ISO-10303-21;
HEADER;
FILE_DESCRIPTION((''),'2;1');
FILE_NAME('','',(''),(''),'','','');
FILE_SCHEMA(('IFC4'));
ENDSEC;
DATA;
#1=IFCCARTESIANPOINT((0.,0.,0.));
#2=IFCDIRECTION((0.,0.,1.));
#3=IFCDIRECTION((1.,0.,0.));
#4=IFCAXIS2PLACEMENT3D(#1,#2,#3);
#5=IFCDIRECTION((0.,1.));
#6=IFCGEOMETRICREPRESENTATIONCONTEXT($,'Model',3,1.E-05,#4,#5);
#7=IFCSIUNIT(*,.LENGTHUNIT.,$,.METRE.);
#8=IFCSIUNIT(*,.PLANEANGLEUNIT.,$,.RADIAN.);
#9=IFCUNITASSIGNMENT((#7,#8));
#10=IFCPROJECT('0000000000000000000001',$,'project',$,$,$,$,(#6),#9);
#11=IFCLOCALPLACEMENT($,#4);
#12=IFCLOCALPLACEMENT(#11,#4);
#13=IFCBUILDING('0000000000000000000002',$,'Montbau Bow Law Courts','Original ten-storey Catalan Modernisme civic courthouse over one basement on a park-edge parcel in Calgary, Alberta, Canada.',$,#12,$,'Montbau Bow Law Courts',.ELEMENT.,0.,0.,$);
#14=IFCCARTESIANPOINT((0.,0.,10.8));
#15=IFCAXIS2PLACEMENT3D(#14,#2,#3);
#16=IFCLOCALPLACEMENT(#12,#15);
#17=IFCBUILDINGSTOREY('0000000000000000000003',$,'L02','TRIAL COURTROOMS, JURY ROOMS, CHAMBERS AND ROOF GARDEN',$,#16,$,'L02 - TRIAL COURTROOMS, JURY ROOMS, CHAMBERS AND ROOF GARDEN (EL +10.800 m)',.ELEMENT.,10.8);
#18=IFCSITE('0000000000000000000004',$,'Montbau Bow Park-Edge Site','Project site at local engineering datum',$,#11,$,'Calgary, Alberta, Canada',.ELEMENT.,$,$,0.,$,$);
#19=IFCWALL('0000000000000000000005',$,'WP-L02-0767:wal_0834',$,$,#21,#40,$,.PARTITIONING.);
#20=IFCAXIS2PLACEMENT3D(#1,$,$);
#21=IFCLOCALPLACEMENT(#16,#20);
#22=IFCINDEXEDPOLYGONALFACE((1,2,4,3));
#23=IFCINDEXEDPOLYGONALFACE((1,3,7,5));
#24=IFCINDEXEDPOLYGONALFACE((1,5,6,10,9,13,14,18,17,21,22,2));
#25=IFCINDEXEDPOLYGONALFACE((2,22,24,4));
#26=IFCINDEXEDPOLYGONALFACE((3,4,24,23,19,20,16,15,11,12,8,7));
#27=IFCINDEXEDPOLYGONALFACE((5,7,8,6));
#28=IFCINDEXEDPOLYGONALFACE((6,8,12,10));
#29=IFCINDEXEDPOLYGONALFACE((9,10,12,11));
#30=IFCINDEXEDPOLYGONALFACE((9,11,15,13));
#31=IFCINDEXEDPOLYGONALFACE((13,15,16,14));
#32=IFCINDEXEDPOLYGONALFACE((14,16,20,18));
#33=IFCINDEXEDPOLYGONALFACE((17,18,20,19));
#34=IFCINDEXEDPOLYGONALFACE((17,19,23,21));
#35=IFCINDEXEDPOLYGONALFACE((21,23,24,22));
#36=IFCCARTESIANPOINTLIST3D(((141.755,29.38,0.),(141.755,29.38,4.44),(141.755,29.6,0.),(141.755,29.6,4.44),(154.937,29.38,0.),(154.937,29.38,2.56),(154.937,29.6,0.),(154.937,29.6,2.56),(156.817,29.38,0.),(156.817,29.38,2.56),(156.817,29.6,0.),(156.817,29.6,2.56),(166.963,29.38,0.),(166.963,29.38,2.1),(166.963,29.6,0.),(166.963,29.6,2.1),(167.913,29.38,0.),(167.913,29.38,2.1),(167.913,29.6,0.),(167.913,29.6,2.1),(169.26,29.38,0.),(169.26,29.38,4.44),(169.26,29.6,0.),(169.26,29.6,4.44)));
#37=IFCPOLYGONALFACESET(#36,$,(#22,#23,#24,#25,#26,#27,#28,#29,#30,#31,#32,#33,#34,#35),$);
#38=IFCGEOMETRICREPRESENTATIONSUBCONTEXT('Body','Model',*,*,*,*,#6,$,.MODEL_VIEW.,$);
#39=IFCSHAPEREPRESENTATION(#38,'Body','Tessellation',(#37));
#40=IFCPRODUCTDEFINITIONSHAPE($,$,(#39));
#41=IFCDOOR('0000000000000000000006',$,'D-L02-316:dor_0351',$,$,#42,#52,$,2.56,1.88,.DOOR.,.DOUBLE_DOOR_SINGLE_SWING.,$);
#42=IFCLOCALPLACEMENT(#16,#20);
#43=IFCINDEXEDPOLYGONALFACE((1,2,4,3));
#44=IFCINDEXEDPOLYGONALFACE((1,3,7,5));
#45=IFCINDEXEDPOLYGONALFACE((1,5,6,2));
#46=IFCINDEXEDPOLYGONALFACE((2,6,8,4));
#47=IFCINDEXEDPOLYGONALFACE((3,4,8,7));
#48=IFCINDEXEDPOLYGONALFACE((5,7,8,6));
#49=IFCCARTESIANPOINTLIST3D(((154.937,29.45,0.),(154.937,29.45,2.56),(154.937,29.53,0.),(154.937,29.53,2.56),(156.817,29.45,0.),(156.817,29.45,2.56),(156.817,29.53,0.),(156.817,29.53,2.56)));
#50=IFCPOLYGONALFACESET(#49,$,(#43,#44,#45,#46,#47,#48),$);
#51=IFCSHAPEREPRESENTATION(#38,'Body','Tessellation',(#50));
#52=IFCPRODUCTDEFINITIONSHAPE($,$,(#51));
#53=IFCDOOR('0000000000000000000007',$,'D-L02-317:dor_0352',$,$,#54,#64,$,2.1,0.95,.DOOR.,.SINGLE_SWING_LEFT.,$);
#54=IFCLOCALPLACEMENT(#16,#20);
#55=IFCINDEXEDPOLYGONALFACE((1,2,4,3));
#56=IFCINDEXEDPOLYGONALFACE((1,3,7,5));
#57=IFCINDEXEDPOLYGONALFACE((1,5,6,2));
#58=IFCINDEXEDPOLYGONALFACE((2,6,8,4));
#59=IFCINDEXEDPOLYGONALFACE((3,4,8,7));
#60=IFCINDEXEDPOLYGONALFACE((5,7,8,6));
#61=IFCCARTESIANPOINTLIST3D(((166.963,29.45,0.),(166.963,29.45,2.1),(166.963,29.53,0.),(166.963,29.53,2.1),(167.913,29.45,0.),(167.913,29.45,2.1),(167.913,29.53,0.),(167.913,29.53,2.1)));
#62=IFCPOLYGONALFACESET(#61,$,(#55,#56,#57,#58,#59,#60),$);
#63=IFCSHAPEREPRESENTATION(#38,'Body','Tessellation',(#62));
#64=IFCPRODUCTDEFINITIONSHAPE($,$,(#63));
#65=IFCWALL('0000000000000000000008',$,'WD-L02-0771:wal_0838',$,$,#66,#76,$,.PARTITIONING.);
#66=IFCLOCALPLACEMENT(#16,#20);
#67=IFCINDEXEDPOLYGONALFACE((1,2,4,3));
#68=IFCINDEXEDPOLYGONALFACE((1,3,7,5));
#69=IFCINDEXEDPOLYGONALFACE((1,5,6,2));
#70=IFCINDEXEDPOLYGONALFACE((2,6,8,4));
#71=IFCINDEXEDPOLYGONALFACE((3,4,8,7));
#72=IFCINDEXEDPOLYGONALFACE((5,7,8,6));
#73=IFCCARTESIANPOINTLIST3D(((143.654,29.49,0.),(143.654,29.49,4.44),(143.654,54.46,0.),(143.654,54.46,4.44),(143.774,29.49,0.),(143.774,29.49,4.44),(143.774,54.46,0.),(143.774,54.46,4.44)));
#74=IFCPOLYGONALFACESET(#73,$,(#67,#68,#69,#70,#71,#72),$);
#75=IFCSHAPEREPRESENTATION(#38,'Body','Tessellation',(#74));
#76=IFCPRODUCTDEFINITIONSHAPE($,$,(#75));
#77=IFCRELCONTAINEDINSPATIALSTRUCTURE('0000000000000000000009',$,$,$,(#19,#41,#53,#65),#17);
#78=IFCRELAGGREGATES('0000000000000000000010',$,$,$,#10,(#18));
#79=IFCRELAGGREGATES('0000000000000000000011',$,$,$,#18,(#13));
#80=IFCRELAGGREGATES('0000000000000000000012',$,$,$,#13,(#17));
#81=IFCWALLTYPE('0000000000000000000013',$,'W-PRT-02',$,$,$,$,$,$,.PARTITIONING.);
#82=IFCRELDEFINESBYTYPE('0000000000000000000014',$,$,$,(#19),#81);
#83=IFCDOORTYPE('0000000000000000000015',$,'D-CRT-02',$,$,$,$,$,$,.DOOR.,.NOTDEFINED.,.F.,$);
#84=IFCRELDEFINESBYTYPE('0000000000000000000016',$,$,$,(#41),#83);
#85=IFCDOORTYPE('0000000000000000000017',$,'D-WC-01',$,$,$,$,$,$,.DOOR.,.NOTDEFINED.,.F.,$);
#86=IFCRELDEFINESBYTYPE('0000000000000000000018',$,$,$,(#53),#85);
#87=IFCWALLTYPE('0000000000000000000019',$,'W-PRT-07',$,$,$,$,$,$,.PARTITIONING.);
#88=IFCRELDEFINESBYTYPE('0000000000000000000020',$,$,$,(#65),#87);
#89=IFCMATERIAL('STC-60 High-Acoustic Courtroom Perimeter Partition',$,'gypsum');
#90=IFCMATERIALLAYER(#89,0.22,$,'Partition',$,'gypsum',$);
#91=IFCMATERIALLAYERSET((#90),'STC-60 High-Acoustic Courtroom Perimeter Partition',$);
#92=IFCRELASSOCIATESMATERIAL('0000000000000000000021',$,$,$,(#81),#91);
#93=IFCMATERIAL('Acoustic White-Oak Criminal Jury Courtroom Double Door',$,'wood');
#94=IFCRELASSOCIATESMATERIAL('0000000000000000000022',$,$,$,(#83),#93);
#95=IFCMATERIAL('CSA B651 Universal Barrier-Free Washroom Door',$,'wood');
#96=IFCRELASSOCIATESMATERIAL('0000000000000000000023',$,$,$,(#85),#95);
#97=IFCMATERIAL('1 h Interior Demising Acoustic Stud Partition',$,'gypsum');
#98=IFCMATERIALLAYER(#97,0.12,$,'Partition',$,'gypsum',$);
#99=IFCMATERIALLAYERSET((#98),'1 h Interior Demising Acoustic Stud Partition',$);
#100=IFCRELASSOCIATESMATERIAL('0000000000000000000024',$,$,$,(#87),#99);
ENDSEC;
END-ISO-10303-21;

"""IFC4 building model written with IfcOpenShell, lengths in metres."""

from ifc_helpers import new_model, si_unit, direction, frame, frame_2d, origin_with_axes, place, context, subcontext, project, spatial, rectangle, extrude, material, layer, layer_set, type_object, element, fill, save


model = new_model("IFC4")

# Units and contexts
model_context = context("Model", 3, precision=1e-05, world=origin_with_axes(), true_north=direction((0.0, 1.0)))
body_context = subcontext(model_context, "Body", "Model", "MODEL_VIEW")
ifc_project = project(units=[si_unit("LENGTHUNIT", "METRE"), si_unit("PLANEANGLEUNIT", "RADIAN")], contexts=[model_context])

# Site, building, storey
site_placement = place(None, origin_with_axes())
site = spatial("IfcSite", under=ifc_project, at=site_placement, Name="Montbau Bow Park-Edge Site", Description="Project site at local engineering datum", LongName="Calgary, Alberta, Canada", CompositionType="ELEMENT", RefElevation=0.0)
building_placement = place(site_placement, origin_with_axes())
building = spatial("IfcBuilding", under=site, at=building_placement, Name="Montbau Bow Law Courts", Description="Original ten-storey Catalan Modernisme civic courthouse over one basement on a park-edge parcel in Calgary, Alberta, Canada.", LongName="Montbau Bow Law Courts", CompositionType="ELEMENT", ElevationOfRefHeight=0.0, ElevationOfTerrain=0.0)
storey_placement = place(building_placement, frame((0.0, 0.0, 10.8), z_axis=(0.0, 0.0, 1.0), x_axis=(1.0, 0.0, 0.0)))
storey = spatial("IfcBuildingStorey", under=building, at=storey_placement, Name="L02", Description="TRIAL COURTROOMS, JURY ROOMS, CHAMBERS AND ROOF GARDEN", LongName="L02 - TRIAL COURTROOMS, JURY ROOMS, CHAMBERS AND ROOF GARDEN (EL +10.800 m)", CompositionType="ELEMENT", Elevation=10.8)

# Wall, openings, doors
ifc_material_1 = material(Name="STC-60 High-Acoustic Courtroom Perimeter Partition", Category="gypsum")
ifc_layer_1 = layer(ifc_material_1, 0.22, Name="Partition", Category="gypsum")
ifc_layer_set_1 = layer_set([ifc_layer_1], Name="STC-60 High-Acoustic Courtroom Perimeter Partition")
wall_type_1 = type_object("IfcWallType", Name="W-PRT-02", PredefinedType="PARTITIONING", material=ifc_layer_set_1)
wall_1_placement = place(None, frame((141.755, 29.49, 10.8), z_axis=(0.0, 0.0, 1.0), x_axis=(1.0, 0.0, 0.0)))
wall_1 = element("IfcWall", 1, at=wall_1_placement, inside=storey, type_object=wall_type_1, Name="WP-L02-0767:wal_0834", PredefinedType="PARTITIONING", context=body_context, shape_type="SweptSolid", body=[
    extrude(rectangle(XDim=27.505, YDim=0.22, at=frame_2d((13.7525, 0.0), x_axis=(1.0, 0.0))), origin_with_axes(), (0.0, 0.0, 1.0), 4.44),
])
opening_1_placement = place(None, frame((155.877, 29.49, 10.8), z_axis=(0.0, 0.0, 1.0), x_axis=(1.0, 0.0, 0.0)))
opening_1 = element("IfcOpeningElement", 2, at=opening_1_placement, cuts=wall_1, PredefinedType="OPENING", context=body_context, shape_type="SweptSolid", body=[
    extrude(rectangle(XDim=1.88, YDim=2.56, at=frame_2d((0.0, 1.28), x_axis=(1.0, 0.0))), frame((0.0, 0.12, 0.0), z_axis=(0.0, -1.0, 0.0), x_axis=(1.0, 0.0, 0.0)), (0.0, 0.0, 1.0), 0.24),
])
opening_2_placement = place(None, frame((167.438, 29.49, 10.8), z_axis=(0.0, 0.0, 1.0), x_axis=(1.0, 0.0, 0.0)))
opening_2 = element("IfcOpeningElement", 3, at=opening_2_placement, cuts=wall_1, PredefinedType="OPENING", context=body_context, shape_type="SweptSolid", body=[
    extrude(rectangle(XDim=0.95, YDim=2.1, at=frame_2d((0.0, 1.05), x_axis=(1.0, 0.0))), frame((0.0, 0.12, 0.0), z_axis=(0.0, -1.0, 0.0), x_axis=(1.0, 0.0, 0.0)), (0.0, 0.0, 1.0), 0.24),
])
ifc_material_2 = material(Name="Acoustic White-Oak Criminal Jury Courtroom Double Door", Category="wood")
door_type_1 = type_object("IfcDoorType", Name="D-CRT-02", OperationType="NOTDEFINED", ParameterTakesPrecedence=False, PredefinedType="DOOR", material=ifc_material_2)
door_1_placement = place(None, frame((155.877, 29.49, 10.8), z_axis=(0.0, 0.0, 1.0), x_axis=(-1.0, 0.0, 0.0)))
door_1 = element("IfcDoor", 4, at=door_1_placement, inside=storey, type_object=door_type_1, Name="D-L02-316:dor_0351", OperationType="DOUBLE_DOOR_SINGLE_SWING", OverallHeight=2.56, OverallWidth=1.88, PredefinedType="DOOR", context=body_context, shape_type="SweptSolid", body=[
    extrude(rectangle(XDim=1.88, YDim=2.56, at=frame_2d((0.0, 1.28), x_axis=(1.0, 0.0))), frame((0.0, 0.04, 0.0), z_axis=(0.0, -1.0, 0.0), x_axis=(1.0, 0.0, 0.0)), (0.0, 0.0, 1.0), 0.08),
])
fill(opening_1, door_1)
ifc_material_3 = material(Name="CSA B651 Universal Barrier-Free Washroom Door", Category="wood")
door_type_2 = type_object("IfcDoorType", Name="D-WC-01", OperationType="NOTDEFINED", ParameterTakesPrecedence=False, PredefinedType="DOOR", material=ifc_material_3)
door_2_placement = place(None, frame((167.438, 29.49, 10.8), z_axis=(0.0, 0.0, 1.0), x_axis=(-1.0, 0.0, 0.0)))
door_2 = element("IfcDoor", 5, at=door_2_placement, inside=storey, type_object=door_type_2, Name="D-L02-317:dor_0352", OperationType="SINGLE_SWING_LEFT", OverallHeight=2.1, OverallWidth=0.95, PredefinedType="DOOR", context=body_context, shape_type="SweptSolid", body=[
    extrude(rectangle(XDim=0.95, YDim=2.1, at=frame_2d((0.0, 1.05), x_axis=(1.0, 0.0))), frame((0.0, 0.04, 0.0), z_axis=(0.0, -1.0, 0.0), x_axis=(1.0, 0.0, 0.0)), (0.0, 0.0, 1.0), 0.08),
])
fill(opening_2, door_2)

# Wall
ifc_material_4 = material(Name="1 h Interior Demising Acoustic Stud Partition", Category="gypsum")
ifc_layer_2 = layer(ifc_material_4, 0.12, Name="Partition", Category="gypsum")
ifc_layer_set_2 = layer_set([ifc_layer_2], Name="1 h Interior Demising Acoustic Stud Partition")
wall_type_2 = type_object("IfcWallType", Name="W-PRT-07", PredefinedType="PARTITIONING", material=ifc_layer_set_2)
wall_2_placement = place(None, frame((143.714, 29.49, 10.8), z_axis=(0.0, 0.0, 1.0), x_axis=(0.0, 1.0, 0.0)))
element("IfcWall", 6, at=wall_2_placement, inside=storey, type_object=wall_type_2, Name="WD-L02-0771:wal_0838", PredefinedType="PARTITIONING", context=body_context, shape_type="SweptSolid", body=[
    extrude(rectangle(XDim=24.97, YDim=0.12, at=frame_2d((12.485, 0.0), x_axis=(1.0, 0.0))), origin_with_axes(), (0.0, 0.0, 1.0), 4.44),
])

save(model, "model.ifc")
